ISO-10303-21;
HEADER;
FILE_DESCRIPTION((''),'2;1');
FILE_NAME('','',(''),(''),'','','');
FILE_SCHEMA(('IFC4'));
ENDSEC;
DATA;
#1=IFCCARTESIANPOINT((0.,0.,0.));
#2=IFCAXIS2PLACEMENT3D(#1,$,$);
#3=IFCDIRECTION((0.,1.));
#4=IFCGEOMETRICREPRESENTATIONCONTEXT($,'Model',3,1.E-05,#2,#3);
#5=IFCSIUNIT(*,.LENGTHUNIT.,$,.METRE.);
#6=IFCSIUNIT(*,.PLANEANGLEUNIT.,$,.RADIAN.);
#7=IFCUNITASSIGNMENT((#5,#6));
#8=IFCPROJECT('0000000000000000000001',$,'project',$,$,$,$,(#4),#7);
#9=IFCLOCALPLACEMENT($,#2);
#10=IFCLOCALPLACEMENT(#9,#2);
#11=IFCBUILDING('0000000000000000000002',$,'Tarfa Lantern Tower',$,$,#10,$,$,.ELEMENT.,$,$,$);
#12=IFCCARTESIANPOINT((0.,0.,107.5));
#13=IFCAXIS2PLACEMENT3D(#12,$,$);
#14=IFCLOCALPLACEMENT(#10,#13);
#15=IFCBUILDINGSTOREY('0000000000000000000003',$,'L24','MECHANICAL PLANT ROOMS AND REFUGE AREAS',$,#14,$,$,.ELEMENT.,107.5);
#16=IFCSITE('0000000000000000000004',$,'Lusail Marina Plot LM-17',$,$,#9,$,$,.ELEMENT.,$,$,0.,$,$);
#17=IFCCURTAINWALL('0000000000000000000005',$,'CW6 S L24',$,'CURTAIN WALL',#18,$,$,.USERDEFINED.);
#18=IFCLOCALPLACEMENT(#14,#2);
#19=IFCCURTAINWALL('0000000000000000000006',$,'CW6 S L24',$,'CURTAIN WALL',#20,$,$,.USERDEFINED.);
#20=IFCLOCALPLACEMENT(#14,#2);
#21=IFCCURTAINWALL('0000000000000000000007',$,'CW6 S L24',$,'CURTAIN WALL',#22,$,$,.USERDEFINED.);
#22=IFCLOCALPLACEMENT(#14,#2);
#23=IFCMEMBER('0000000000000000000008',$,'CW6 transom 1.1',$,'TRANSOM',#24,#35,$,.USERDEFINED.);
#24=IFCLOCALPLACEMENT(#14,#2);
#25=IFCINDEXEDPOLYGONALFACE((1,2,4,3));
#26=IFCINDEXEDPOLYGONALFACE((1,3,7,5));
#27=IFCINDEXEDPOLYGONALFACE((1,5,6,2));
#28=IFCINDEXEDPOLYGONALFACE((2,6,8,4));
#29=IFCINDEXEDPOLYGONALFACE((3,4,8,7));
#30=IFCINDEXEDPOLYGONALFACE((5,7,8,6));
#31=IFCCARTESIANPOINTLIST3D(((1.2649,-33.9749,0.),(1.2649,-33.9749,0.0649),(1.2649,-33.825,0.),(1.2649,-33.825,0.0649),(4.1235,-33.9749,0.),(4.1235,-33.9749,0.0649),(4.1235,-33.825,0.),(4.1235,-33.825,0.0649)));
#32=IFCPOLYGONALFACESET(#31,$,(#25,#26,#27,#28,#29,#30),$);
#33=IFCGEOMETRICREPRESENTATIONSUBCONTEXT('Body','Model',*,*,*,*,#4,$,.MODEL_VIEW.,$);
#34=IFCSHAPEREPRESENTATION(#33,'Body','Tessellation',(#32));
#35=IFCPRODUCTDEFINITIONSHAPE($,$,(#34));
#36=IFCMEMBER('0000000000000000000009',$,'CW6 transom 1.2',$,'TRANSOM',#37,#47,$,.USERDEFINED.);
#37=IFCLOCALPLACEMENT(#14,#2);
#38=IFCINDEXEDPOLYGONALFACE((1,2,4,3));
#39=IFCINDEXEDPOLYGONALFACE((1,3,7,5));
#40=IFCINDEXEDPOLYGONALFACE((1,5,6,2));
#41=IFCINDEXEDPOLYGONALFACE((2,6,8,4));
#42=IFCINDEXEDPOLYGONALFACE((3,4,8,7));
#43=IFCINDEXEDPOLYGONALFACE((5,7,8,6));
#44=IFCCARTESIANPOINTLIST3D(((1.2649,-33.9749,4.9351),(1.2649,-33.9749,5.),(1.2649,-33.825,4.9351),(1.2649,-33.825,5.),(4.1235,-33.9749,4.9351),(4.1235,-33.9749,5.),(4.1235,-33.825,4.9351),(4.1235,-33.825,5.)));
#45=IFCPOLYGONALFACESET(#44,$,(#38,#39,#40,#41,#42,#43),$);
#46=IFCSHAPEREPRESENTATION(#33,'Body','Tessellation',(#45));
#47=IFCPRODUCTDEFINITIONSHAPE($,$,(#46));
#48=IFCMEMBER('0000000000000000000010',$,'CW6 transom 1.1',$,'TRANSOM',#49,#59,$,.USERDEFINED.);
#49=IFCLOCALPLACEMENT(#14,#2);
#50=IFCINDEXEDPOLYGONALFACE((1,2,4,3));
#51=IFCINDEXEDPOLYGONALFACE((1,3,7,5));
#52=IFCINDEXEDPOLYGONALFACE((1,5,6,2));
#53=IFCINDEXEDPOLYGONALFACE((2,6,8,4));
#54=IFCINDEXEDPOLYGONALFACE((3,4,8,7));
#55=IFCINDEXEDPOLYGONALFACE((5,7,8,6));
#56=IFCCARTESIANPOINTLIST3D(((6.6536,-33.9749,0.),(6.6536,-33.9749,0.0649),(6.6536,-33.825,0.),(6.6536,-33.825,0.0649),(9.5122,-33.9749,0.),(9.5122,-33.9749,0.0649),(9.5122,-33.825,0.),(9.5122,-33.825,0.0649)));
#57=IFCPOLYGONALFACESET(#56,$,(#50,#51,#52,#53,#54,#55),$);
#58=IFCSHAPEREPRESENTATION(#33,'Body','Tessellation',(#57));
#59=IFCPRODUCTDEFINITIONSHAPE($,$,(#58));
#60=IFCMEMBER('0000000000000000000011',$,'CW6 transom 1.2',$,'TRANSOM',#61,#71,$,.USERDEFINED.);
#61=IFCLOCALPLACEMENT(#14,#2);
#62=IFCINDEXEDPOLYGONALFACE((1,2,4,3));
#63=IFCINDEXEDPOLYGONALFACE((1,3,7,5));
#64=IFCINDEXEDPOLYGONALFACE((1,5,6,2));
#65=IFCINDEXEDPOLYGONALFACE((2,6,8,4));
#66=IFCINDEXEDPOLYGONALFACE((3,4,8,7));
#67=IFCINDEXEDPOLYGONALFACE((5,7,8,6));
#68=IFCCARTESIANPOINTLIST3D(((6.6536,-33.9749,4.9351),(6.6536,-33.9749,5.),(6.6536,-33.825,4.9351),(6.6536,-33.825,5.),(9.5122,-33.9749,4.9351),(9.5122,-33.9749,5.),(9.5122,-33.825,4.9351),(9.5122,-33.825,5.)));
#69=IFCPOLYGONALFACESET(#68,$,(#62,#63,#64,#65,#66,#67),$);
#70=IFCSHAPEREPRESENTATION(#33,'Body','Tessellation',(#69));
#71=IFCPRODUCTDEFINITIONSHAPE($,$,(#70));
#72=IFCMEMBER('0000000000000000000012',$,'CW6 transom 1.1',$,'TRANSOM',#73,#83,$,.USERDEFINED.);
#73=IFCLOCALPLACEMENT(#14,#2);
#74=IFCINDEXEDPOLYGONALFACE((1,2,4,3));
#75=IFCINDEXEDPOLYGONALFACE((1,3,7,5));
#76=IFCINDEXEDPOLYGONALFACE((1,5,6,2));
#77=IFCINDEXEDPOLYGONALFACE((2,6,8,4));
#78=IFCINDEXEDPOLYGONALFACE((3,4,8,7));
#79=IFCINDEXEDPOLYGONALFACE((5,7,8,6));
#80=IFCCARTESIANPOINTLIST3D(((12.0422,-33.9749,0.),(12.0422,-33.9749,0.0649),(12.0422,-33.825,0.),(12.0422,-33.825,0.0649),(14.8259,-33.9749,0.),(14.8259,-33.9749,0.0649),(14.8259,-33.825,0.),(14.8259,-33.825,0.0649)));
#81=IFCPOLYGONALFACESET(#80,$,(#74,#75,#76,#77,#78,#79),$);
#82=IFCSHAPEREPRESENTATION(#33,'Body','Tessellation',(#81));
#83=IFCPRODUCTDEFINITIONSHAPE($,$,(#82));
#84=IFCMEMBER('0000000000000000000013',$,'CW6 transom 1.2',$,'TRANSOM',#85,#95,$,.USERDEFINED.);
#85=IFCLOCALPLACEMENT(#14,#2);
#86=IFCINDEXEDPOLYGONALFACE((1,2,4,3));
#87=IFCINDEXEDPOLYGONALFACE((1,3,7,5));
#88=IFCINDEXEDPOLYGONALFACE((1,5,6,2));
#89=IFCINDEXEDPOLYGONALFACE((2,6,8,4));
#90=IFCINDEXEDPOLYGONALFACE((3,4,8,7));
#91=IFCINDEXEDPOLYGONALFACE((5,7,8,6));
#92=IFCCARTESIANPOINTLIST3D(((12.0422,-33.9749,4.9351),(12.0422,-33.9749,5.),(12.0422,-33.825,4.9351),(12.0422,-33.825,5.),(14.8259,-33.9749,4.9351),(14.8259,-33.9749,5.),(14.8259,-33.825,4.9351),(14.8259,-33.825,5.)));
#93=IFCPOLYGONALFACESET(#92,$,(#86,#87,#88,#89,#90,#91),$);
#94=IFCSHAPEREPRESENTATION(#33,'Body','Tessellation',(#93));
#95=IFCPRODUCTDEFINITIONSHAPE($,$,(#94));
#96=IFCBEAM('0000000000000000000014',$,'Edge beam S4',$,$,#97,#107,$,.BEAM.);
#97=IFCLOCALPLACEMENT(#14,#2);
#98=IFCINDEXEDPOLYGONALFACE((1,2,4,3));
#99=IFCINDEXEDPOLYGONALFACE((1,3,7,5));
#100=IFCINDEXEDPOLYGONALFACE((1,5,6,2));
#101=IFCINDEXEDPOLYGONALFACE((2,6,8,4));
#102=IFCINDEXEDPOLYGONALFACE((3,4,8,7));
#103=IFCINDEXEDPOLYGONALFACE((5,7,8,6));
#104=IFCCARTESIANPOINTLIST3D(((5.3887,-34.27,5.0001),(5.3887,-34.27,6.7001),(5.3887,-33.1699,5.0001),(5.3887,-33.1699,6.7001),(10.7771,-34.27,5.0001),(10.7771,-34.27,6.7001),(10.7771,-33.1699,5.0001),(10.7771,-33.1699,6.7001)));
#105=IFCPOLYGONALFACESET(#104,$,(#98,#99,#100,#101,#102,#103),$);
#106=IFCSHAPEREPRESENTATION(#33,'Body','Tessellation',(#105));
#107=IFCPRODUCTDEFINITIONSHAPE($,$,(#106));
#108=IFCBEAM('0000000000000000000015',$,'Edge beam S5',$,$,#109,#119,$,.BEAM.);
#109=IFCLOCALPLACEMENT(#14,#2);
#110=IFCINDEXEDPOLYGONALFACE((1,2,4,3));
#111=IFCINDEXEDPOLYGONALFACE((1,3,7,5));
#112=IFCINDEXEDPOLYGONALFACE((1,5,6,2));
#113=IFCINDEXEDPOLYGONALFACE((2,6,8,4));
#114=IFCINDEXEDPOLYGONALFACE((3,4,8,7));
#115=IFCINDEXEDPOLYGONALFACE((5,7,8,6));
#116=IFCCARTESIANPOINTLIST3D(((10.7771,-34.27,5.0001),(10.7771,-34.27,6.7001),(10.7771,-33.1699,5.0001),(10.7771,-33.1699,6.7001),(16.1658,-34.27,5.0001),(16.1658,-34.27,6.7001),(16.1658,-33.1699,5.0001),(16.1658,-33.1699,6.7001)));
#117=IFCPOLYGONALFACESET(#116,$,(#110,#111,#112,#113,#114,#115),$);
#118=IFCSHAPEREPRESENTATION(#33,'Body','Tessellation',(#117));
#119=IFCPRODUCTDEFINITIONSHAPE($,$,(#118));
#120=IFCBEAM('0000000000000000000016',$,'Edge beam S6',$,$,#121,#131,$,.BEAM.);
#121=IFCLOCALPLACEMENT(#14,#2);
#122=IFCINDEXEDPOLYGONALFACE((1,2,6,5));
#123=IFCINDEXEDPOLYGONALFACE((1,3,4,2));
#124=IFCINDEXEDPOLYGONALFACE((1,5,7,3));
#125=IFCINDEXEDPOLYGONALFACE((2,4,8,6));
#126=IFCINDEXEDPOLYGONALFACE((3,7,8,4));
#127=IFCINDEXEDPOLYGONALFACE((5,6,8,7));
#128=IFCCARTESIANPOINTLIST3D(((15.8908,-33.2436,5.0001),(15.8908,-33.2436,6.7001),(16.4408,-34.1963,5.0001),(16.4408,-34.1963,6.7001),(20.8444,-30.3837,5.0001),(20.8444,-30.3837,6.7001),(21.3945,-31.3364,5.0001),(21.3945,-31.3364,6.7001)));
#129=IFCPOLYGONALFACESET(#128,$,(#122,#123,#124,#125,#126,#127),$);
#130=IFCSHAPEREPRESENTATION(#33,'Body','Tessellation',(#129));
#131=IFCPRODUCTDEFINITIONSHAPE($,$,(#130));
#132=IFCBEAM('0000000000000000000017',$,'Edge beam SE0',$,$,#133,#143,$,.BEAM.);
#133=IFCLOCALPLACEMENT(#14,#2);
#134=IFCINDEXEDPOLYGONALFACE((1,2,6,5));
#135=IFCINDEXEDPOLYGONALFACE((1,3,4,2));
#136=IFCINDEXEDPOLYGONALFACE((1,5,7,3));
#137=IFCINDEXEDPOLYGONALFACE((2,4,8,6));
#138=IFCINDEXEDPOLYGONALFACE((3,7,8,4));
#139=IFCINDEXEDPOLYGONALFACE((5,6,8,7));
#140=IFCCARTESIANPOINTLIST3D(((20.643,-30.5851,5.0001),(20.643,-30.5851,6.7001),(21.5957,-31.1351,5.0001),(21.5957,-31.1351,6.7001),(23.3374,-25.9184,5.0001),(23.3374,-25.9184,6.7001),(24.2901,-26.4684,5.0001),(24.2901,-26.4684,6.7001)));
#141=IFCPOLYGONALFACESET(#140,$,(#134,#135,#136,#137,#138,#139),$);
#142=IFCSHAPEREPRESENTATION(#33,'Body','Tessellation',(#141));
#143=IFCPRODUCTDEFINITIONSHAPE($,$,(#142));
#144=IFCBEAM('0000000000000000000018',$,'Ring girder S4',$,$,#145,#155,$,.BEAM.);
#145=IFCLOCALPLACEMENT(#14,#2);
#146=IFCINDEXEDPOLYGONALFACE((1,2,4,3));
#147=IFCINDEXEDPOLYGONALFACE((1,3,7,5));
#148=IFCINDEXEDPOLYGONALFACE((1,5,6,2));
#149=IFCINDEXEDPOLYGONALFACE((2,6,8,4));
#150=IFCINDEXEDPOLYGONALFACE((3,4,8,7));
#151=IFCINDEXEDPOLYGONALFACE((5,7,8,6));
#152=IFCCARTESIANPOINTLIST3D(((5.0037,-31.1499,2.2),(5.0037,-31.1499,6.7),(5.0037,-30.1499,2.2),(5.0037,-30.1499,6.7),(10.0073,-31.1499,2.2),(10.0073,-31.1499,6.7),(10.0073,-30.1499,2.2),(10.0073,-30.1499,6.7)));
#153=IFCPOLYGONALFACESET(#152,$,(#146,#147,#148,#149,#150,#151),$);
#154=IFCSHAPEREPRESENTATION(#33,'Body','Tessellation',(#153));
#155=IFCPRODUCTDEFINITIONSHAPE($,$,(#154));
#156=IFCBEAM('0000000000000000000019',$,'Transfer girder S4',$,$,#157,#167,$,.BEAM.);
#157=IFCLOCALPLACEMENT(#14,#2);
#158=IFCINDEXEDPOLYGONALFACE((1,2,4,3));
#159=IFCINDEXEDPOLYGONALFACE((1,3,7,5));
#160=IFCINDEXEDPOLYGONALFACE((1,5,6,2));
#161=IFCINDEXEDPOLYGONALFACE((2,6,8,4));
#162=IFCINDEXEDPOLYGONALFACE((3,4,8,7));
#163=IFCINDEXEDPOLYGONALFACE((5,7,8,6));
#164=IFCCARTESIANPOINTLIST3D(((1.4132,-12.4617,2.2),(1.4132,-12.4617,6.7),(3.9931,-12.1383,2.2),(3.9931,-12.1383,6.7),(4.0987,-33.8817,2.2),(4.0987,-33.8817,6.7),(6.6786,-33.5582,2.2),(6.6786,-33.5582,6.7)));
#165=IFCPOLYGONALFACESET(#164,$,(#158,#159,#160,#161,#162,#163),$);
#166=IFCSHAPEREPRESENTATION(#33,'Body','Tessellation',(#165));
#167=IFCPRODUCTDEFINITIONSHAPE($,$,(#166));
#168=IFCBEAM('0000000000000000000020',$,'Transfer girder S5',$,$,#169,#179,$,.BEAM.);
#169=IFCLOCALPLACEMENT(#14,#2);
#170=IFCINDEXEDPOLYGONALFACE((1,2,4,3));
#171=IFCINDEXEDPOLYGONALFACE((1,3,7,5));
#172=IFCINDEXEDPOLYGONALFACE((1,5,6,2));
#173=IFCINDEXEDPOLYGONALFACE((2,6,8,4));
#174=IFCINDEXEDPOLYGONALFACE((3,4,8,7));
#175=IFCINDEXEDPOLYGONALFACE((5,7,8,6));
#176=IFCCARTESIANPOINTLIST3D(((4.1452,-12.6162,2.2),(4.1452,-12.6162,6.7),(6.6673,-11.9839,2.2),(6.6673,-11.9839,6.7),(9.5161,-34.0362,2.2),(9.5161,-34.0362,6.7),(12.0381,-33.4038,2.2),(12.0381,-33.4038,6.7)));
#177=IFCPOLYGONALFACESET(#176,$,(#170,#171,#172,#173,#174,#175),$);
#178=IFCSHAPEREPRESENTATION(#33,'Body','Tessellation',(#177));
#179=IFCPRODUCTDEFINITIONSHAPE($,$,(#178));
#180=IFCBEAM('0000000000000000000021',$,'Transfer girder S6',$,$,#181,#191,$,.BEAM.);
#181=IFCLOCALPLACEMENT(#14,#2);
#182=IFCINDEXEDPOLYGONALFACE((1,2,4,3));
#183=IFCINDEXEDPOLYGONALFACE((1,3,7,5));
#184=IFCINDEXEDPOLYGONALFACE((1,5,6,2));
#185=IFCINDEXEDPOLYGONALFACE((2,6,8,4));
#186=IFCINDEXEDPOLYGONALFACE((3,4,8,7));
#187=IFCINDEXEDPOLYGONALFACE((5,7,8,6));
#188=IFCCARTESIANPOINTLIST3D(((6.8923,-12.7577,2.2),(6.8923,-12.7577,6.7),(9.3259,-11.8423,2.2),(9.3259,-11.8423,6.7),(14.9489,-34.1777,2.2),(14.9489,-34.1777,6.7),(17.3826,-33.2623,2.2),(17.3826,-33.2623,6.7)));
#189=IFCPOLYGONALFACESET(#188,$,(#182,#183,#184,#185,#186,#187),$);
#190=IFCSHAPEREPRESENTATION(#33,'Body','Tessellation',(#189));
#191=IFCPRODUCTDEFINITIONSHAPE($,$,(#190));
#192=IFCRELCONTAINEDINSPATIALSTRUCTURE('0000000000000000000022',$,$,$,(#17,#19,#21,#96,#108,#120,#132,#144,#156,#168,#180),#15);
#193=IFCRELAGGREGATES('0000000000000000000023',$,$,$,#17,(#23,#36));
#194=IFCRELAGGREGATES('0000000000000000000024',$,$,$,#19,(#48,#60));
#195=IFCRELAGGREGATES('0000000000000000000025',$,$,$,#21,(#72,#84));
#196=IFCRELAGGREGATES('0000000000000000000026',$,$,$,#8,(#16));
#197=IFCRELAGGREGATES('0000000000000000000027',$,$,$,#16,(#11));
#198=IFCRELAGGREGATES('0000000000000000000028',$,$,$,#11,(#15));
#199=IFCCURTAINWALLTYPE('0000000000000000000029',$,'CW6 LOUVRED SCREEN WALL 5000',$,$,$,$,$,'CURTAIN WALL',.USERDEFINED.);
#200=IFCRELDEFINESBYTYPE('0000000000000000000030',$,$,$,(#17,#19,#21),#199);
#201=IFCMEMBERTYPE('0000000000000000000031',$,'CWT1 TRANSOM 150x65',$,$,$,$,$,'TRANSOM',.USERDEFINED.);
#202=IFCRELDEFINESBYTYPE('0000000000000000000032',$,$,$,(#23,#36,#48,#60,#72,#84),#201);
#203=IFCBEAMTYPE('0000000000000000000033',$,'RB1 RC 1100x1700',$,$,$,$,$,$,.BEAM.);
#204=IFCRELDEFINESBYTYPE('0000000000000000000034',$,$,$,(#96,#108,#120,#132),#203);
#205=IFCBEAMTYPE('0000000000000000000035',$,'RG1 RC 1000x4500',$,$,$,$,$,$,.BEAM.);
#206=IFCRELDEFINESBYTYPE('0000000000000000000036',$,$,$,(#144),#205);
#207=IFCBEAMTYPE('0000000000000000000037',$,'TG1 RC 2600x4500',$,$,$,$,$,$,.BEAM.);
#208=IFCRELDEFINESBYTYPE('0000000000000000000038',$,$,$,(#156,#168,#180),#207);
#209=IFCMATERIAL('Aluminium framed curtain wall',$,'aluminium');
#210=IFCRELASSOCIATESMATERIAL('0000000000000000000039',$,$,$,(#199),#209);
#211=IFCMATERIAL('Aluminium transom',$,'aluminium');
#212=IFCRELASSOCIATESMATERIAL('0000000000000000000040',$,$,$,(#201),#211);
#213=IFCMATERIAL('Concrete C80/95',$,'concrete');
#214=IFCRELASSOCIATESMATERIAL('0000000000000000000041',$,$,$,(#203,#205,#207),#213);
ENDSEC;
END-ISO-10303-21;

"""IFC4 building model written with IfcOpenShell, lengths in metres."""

from ifc_helpers import new_model, si_unit, direction, frame, origin, origin_2d, place, context, subcontext, project, spatial, rectangle, extrude, material, material_profile, profile_set, type_object, element, aggregate, save


model = new_model("IFC4")

# Units and contexts
model_context = context("Model", 3, precision=1e-05, world=origin(), true_north=direction((0.0, 1.0)))
body_context = subcontext(model_context, "Body", "Model", "MODEL_VIEW")
ifc_project = project(units=[si_unit("LENGTHUNIT", "METRE"), si_unit("PLANEANGLEUNIT", "RADIAN")], contexts=[model_context])

# Site, building, storey
site_placement = place(None, origin())
site = spatial("IfcSite", under=ifc_project, at=site_placement, Name="Lusail Marina Plot LM-17", CompositionType="ELEMENT", RefElevation=0.0)
building_placement = place(site_placement, origin())
building = spatial("IfcBuilding", under=site, at=building_placement, Name="Tarfa Lantern Tower", CompositionType="ELEMENT")
storey_placement = place(building_placement, frame((0.0, 0.0, 107.5)))
storey = spatial("IfcBuildingStorey", under=building, at=storey_placement, Name="L24", Description="MECHANICAL PLANT ROOMS AND REFUGE AREAS", CompositionType="ELEMENT", Elevation=107.5)

# Shared definitions
ifc_material_1 = material(Name="Concrete C80/95", Category="concrete")

# Curtain walls
ifc_material_2 = material(Name="Aluminium framed curtain wall", Category="aluminium")
curtain_wall_type = type_object("IfcCurtainWallType", Name="CW6 LOUVRED SCREEN WALL 5000", ElementType="CURTAIN WALL", PredefinedType="USERDEFINED", material=ifc_material_2)
curtain_wall_1_placement = place(storey_placement, origin())
curtain_wall_1 = element("IfcCurtainWall", 1, at=curtain_wall_1_placement, inside=storey, type_object=curtain_wall_type, Name="CW6 S L24", ObjectType="CURTAIN WALL", PredefinedType="USERDEFINED")
curtain_wall_2_placement = place(storey_placement, origin())
curtain_wall_2 = element("IfcCurtainWall", 2, at=curtain_wall_2_placement, inside=storey, type_object=curtain_wall_type, Name="CW6 S L24", ObjectType="CURTAIN WALL", PredefinedType="USERDEFINED")
curtain_wall_3_placement = place(storey_placement, origin())
curtain_wall_3 = element("IfcCurtainWall", 3, at=curtain_wall_3_placement, inside=storey, type_object=curtain_wall_type, Name="CW6 S L24", ObjectType="CURTAIN WALL", PredefinedType="USERDEFINED")

# Members
ifc_material_3 = material(Name="Aluminium transom", Category="aluminium")
ifc_material_profile_1 = material_profile(ifc_material_3, rectangle(XDim=0.1499, YDim=0.0649, at=origin_2d()), Name="AL TRANSOM 150x65")
ifc_profile_set_1 = profile_set([ifc_material_profile_1], Name="Aluminium transom")
member_type_1 = type_object("IfcMemberType", Name="CWT1 TRANSOM 150x65", ElementType="TRANSOM", PredefinedType="USERDEFINED", material=ifc_profile_set_1)
member_1_placement = place(storey_placement, frame((1.2649, -33.8999, 0.0325), z_axis=(1.0, 0.0, 0.0), x_axis=(0.0, 1.0, 0.0)))
member_1 = element("IfcMember", 4, at=member_1_placement, type_object=member_type_1, Name="CW6 transom 1.1", ObjectType="TRANSOM", PredefinedType="USERDEFINED", context=body_context, shape_type="SweptSolid", body=[
    extrude(rectangle(XDim=0.1499, YDim=0.0649, at=origin_2d()), origin(), (0.0, 0.0, 1.0), 2.8586),
])
member_2_placement = place(storey_placement, frame((1.2649, -33.8999, 4.9675), z_axis=(1.0, 0.0, 0.0), x_axis=(0.0, 1.0, 0.0)))
member_2 = element("IfcMember", 5, at=member_2_placement, type_object=member_type_1, Name="CW6 transom 1.2", ObjectType="TRANSOM", PredefinedType="USERDEFINED", context=body_context, shape_type="SweptSolid", body=[
    extrude(rectangle(XDim=0.1499, YDim=0.0649, at=origin_2d()), origin(), (0.0, 0.0, 1.0), 2.8586),
])
member_3_placement = place(storey_placement, frame((6.6536, -33.8999, 0.0325), z_axis=(1.0, 0.0, 0.0), x_axis=(0.0, 1.0, 0.0)))
member_3 = element("IfcMember", 6, at=member_3_placement, type_object=member_type_1, Name="CW6 transom 1.1", ObjectType="TRANSOM", PredefinedType="USERDEFINED", context=body_context, shape_type="SweptSolid", body=[
    extrude(rectangle(XDim=0.1499, YDim=0.0649, at=origin_2d()), origin(), (0.0, 0.0, 1.0), 2.8586),
])
member_4_placement = place(storey_placement, frame((6.6536, -33.8999, 4.9675), z_axis=(1.0, 0.0, 0.0), x_axis=(0.0, 1.0, 0.0)))
member_4 = element("IfcMember", 7, at=member_4_placement, type_object=member_type_1, Name="CW6 transom 1.2", ObjectType="TRANSOM", PredefinedType="USERDEFINED", context=body_context, shape_type="SweptSolid", body=[
    extrude(rectangle(XDim=0.1499, YDim=0.0649, at=origin_2d()), origin(), (0.0, 0.0, 1.0), 2.8586),
])
member_5_placement = place(storey_placement, frame((12.0422, -33.8999, 0.0325), z_axis=(1.0, 0.0, 0.0), x_axis=(0.0, 1.0, 0.0)))
member_5 = element("IfcMember", 8, at=member_5_placement, type_object=member_type_1, Name="CW6 transom 1.1", ObjectType="TRANSOM", PredefinedType="USERDEFINED", context=body_context, shape_type="SweptSolid", body=[
    extrude(rectangle(XDim=0.1499, YDim=0.0649, at=origin_2d()), origin(), (0.0, 0.0, 1.0), 2.7837),
])
member_6_placement = place(storey_placement, frame((12.0422, -33.8999, 4.9675), z_axis=(1.0, 0.0, 0.0), x_axis=(0.0, 1.0, 0.0)))
member_6 = element("IfcMember", 9, at=member_6_placement, type_object=member_type_1, Name="CW6 transom 1.2", ObjectType="TRANSOM", PredefinedType="USERDEFINED", context=body_context, shape_type="SweptSolid", body=[
    extrude(rectangle(XDim=0.1499, YDim=0.0649, at=origin_2d()), origin(), (0.0, 0.0, 1.0), 2.7837),
])

# Beams
ifc_material_profile_2 = material_profile(ifc_material_1, rectangle(XDim=1.1001, YDim=1.7, at=origin_2d()), Name="RC 1100x1700")
ifc_profile_set_2 = profile_set([ifc_material_profile_2], Name="Concrete C80/95")
beam_type_1 = type_object("IfcBeamType", Name="RB1 RC 1100x1700", PredefinedType="BEAM", material=ifc_profile_set_2)
beam_1_placement = place(storey_placement, frame((5.3887, -33.72, 5.8501), z_axis=(1.0, 0.0, 0.0), x_axis=(0.0, 1.0, 0.0)))
element("IfcBeam", 10, at=beam_1_placement, inside=storey, type_object=beam_type_1, Name="Edge beam S4", PredefinedType="BEAM", context=body_context, shape_type="SweptSolid", body=[
    extrude(rectangle(XDim=1.1001, YDim=1.7, at=origin_2d()), origin(), (0.0, 0.0, 1.0), 5.3884),
])
beam_2_placement = place(storey_placement, frame((10.7771, -33.72, 5.8501), z_axis=(1.0, 0.0, 0.0), x_axis=(0.0, 1.0, 0.0)))
element("IfcBeam", 11, at=beam_2_placement, inside=storey, type_object=beam_type_1, Name="Edge beam S5", PredefinedType="BEAM", context=body_context, shape_type="SweptSolid", body=[
    extrude(rectangle(XDim=1.1001, YDim=1.7, at=origin_2d()), origin(), (0.0, 0.0, 1.0), 5.3887),
])
beam_3_placement = place(storey_placement, frame((16.1658, -33.72, 5.8501), z_axis=(0.866033, 0.499986, 0.0), x_axis=(-0.499986, 0.866033, 0.0)))
element("IfcBeam", 12, at=beam_3_placement, inside=storey, type_object=beam_type_1, Name="Edge beam S6", PredefinedType="BEAM", context=body_context, shape_type="SweptSolid", body=[
    extrude(rectangle(XDim=1.1001, YDim=1.7, at=origin_2d()), origin(), (0.0, 0.0, 1.0), 5.72),
])
beam_4_placement = place(storey_placement, frame((21.1194, -30.8601, 5.8501), z_axis=(0.499998, 0.866026, 0.0), x_axis=(-0.866026, 0.499998, 0.0)))
element("IfcBeam", 13, at=beam_4_placement, inside=storey, type_object=beam_type_1, Name="Edge beam SE0", PredefinedType="BEAM", context=body_context, shape_type="SweptSolid", body=[
    extrude(rectangle(XDim=1.1001, YDim=1.7, at=origin_2d()), origin(), (0.0, 0.0, 1.0), 5.3887),
])
ifc_material_profile_3 = material_profile(ifc_material_1, rectangle(XDim=1.0, YDim=4.5, at=origin_2d()), Name="RC 1000x4500")
ifc_profile_set_3 = profile_set([ifc_material_profile_3], Name="Concrete C80/95")
beam_type_2 = type_object("IfcBeamType", Name="RG1 RC 1000x4500", PredefinedType="BEAM", material=ifc_profile_set_3)
beam_5_placement = place(storey_placement, frame((5.0037, -30.6499, 4.45), z_axis=(1.0, 0.0, 0.0), x_axis=(0.0, 1.0, 0.0)))
element("IfcBeam", 14, at=beam_5_placement, inside=storey, type_object=beam_type_2, Name="Ring girder S4", PredefinedType="BEAM", context=body_context, shape_type="SweptSolid", body=[
    extrude(rectangle(XDim=1.0, YDim=4.5, at=origin_2d()), origin(), (0.0, 0.0, 1.0), 5.0037),
])
ifc_material_profile_4 = material_profile(ifc_material_1, rectangle(XDim=2.6001, YDim=4.5, at=origin_2d()), Name="RC 2600x4500")
ifc_profile_set_4 = profile_set([ifc_material_profile_4], Name="Concrete C80/95")
beam_type_3 = type_object("IfcBeamType", Name="TG1 RC 2600x4500", PredefinedType="BEAM", material=ifc_profile_set_4)
beam_6_placement = place(storey_placement, frame((5.3887, -33.72, 4.45), z_axis=(-0.124402, 0.992232, 0.0), x_axis=(-0.992232, -0.124402, 0.0)))
element("IfcBeam", 15, at=beam_6_placement, inside=storey, type_object=beam_type_3, Name="Transfer girder S4", PredefinedType="BEAM", context=body_context, shape_type="SweptSolid", body=[
    extrude(rectangle(XDim=2.6001, YDim=4.5, at=origin_2d()), origin(), (0.0, 0.0, 1.0), 21.5876),
])
beam_7_placement = place(storey_placement, frame((10.7771, -33.72, 4.45), z_axis=(-0.243212, 0.969973, 0.0), x_axis=(-0.969973, -0.243212, 0.0)))
element("IfcBeam", 16, at=beam_7_placement, inside=storey, type_object=beam_type_3, Name="Transfer girder S5", PredefinedType="BEAM", context=body_context, shape_type="SweptSolid", body=[
    extrude(rectangle(XDim=2.6001, YDim=4.5, at=origin_2d()), origin(), (0.0, 0.0, 1.0), 22.083),
])
beam_8_placement = place(storey_placement, frame((16.1658, -33.72, 4.45), z_axis=(-0.352049, 0.935981, 0.0), x_axis=(-0.935981, -0.352049, 0.0)))
element("IfcBeam", 17, at=beam_8_placement, inside=storey, type_object=beam_type_3, Name="Transfer girder S6", PredefinedType="BEAM", context=body_context, shape_type="SweptSolid", body=[
    extrude(rectangle(XDim=2.6001, YDim=4.5, at=origin_2d()), origin(), (0.0, 0.0, 1.0), 22.885),
])

aggregate(curtain_wall_1, [member_1, member_2])
aggregate(curtain_wall_2, [member_3, member_4])
aggregate(curtain_wall_3, [member_5, member_6])

save(model, "model.ifc")
